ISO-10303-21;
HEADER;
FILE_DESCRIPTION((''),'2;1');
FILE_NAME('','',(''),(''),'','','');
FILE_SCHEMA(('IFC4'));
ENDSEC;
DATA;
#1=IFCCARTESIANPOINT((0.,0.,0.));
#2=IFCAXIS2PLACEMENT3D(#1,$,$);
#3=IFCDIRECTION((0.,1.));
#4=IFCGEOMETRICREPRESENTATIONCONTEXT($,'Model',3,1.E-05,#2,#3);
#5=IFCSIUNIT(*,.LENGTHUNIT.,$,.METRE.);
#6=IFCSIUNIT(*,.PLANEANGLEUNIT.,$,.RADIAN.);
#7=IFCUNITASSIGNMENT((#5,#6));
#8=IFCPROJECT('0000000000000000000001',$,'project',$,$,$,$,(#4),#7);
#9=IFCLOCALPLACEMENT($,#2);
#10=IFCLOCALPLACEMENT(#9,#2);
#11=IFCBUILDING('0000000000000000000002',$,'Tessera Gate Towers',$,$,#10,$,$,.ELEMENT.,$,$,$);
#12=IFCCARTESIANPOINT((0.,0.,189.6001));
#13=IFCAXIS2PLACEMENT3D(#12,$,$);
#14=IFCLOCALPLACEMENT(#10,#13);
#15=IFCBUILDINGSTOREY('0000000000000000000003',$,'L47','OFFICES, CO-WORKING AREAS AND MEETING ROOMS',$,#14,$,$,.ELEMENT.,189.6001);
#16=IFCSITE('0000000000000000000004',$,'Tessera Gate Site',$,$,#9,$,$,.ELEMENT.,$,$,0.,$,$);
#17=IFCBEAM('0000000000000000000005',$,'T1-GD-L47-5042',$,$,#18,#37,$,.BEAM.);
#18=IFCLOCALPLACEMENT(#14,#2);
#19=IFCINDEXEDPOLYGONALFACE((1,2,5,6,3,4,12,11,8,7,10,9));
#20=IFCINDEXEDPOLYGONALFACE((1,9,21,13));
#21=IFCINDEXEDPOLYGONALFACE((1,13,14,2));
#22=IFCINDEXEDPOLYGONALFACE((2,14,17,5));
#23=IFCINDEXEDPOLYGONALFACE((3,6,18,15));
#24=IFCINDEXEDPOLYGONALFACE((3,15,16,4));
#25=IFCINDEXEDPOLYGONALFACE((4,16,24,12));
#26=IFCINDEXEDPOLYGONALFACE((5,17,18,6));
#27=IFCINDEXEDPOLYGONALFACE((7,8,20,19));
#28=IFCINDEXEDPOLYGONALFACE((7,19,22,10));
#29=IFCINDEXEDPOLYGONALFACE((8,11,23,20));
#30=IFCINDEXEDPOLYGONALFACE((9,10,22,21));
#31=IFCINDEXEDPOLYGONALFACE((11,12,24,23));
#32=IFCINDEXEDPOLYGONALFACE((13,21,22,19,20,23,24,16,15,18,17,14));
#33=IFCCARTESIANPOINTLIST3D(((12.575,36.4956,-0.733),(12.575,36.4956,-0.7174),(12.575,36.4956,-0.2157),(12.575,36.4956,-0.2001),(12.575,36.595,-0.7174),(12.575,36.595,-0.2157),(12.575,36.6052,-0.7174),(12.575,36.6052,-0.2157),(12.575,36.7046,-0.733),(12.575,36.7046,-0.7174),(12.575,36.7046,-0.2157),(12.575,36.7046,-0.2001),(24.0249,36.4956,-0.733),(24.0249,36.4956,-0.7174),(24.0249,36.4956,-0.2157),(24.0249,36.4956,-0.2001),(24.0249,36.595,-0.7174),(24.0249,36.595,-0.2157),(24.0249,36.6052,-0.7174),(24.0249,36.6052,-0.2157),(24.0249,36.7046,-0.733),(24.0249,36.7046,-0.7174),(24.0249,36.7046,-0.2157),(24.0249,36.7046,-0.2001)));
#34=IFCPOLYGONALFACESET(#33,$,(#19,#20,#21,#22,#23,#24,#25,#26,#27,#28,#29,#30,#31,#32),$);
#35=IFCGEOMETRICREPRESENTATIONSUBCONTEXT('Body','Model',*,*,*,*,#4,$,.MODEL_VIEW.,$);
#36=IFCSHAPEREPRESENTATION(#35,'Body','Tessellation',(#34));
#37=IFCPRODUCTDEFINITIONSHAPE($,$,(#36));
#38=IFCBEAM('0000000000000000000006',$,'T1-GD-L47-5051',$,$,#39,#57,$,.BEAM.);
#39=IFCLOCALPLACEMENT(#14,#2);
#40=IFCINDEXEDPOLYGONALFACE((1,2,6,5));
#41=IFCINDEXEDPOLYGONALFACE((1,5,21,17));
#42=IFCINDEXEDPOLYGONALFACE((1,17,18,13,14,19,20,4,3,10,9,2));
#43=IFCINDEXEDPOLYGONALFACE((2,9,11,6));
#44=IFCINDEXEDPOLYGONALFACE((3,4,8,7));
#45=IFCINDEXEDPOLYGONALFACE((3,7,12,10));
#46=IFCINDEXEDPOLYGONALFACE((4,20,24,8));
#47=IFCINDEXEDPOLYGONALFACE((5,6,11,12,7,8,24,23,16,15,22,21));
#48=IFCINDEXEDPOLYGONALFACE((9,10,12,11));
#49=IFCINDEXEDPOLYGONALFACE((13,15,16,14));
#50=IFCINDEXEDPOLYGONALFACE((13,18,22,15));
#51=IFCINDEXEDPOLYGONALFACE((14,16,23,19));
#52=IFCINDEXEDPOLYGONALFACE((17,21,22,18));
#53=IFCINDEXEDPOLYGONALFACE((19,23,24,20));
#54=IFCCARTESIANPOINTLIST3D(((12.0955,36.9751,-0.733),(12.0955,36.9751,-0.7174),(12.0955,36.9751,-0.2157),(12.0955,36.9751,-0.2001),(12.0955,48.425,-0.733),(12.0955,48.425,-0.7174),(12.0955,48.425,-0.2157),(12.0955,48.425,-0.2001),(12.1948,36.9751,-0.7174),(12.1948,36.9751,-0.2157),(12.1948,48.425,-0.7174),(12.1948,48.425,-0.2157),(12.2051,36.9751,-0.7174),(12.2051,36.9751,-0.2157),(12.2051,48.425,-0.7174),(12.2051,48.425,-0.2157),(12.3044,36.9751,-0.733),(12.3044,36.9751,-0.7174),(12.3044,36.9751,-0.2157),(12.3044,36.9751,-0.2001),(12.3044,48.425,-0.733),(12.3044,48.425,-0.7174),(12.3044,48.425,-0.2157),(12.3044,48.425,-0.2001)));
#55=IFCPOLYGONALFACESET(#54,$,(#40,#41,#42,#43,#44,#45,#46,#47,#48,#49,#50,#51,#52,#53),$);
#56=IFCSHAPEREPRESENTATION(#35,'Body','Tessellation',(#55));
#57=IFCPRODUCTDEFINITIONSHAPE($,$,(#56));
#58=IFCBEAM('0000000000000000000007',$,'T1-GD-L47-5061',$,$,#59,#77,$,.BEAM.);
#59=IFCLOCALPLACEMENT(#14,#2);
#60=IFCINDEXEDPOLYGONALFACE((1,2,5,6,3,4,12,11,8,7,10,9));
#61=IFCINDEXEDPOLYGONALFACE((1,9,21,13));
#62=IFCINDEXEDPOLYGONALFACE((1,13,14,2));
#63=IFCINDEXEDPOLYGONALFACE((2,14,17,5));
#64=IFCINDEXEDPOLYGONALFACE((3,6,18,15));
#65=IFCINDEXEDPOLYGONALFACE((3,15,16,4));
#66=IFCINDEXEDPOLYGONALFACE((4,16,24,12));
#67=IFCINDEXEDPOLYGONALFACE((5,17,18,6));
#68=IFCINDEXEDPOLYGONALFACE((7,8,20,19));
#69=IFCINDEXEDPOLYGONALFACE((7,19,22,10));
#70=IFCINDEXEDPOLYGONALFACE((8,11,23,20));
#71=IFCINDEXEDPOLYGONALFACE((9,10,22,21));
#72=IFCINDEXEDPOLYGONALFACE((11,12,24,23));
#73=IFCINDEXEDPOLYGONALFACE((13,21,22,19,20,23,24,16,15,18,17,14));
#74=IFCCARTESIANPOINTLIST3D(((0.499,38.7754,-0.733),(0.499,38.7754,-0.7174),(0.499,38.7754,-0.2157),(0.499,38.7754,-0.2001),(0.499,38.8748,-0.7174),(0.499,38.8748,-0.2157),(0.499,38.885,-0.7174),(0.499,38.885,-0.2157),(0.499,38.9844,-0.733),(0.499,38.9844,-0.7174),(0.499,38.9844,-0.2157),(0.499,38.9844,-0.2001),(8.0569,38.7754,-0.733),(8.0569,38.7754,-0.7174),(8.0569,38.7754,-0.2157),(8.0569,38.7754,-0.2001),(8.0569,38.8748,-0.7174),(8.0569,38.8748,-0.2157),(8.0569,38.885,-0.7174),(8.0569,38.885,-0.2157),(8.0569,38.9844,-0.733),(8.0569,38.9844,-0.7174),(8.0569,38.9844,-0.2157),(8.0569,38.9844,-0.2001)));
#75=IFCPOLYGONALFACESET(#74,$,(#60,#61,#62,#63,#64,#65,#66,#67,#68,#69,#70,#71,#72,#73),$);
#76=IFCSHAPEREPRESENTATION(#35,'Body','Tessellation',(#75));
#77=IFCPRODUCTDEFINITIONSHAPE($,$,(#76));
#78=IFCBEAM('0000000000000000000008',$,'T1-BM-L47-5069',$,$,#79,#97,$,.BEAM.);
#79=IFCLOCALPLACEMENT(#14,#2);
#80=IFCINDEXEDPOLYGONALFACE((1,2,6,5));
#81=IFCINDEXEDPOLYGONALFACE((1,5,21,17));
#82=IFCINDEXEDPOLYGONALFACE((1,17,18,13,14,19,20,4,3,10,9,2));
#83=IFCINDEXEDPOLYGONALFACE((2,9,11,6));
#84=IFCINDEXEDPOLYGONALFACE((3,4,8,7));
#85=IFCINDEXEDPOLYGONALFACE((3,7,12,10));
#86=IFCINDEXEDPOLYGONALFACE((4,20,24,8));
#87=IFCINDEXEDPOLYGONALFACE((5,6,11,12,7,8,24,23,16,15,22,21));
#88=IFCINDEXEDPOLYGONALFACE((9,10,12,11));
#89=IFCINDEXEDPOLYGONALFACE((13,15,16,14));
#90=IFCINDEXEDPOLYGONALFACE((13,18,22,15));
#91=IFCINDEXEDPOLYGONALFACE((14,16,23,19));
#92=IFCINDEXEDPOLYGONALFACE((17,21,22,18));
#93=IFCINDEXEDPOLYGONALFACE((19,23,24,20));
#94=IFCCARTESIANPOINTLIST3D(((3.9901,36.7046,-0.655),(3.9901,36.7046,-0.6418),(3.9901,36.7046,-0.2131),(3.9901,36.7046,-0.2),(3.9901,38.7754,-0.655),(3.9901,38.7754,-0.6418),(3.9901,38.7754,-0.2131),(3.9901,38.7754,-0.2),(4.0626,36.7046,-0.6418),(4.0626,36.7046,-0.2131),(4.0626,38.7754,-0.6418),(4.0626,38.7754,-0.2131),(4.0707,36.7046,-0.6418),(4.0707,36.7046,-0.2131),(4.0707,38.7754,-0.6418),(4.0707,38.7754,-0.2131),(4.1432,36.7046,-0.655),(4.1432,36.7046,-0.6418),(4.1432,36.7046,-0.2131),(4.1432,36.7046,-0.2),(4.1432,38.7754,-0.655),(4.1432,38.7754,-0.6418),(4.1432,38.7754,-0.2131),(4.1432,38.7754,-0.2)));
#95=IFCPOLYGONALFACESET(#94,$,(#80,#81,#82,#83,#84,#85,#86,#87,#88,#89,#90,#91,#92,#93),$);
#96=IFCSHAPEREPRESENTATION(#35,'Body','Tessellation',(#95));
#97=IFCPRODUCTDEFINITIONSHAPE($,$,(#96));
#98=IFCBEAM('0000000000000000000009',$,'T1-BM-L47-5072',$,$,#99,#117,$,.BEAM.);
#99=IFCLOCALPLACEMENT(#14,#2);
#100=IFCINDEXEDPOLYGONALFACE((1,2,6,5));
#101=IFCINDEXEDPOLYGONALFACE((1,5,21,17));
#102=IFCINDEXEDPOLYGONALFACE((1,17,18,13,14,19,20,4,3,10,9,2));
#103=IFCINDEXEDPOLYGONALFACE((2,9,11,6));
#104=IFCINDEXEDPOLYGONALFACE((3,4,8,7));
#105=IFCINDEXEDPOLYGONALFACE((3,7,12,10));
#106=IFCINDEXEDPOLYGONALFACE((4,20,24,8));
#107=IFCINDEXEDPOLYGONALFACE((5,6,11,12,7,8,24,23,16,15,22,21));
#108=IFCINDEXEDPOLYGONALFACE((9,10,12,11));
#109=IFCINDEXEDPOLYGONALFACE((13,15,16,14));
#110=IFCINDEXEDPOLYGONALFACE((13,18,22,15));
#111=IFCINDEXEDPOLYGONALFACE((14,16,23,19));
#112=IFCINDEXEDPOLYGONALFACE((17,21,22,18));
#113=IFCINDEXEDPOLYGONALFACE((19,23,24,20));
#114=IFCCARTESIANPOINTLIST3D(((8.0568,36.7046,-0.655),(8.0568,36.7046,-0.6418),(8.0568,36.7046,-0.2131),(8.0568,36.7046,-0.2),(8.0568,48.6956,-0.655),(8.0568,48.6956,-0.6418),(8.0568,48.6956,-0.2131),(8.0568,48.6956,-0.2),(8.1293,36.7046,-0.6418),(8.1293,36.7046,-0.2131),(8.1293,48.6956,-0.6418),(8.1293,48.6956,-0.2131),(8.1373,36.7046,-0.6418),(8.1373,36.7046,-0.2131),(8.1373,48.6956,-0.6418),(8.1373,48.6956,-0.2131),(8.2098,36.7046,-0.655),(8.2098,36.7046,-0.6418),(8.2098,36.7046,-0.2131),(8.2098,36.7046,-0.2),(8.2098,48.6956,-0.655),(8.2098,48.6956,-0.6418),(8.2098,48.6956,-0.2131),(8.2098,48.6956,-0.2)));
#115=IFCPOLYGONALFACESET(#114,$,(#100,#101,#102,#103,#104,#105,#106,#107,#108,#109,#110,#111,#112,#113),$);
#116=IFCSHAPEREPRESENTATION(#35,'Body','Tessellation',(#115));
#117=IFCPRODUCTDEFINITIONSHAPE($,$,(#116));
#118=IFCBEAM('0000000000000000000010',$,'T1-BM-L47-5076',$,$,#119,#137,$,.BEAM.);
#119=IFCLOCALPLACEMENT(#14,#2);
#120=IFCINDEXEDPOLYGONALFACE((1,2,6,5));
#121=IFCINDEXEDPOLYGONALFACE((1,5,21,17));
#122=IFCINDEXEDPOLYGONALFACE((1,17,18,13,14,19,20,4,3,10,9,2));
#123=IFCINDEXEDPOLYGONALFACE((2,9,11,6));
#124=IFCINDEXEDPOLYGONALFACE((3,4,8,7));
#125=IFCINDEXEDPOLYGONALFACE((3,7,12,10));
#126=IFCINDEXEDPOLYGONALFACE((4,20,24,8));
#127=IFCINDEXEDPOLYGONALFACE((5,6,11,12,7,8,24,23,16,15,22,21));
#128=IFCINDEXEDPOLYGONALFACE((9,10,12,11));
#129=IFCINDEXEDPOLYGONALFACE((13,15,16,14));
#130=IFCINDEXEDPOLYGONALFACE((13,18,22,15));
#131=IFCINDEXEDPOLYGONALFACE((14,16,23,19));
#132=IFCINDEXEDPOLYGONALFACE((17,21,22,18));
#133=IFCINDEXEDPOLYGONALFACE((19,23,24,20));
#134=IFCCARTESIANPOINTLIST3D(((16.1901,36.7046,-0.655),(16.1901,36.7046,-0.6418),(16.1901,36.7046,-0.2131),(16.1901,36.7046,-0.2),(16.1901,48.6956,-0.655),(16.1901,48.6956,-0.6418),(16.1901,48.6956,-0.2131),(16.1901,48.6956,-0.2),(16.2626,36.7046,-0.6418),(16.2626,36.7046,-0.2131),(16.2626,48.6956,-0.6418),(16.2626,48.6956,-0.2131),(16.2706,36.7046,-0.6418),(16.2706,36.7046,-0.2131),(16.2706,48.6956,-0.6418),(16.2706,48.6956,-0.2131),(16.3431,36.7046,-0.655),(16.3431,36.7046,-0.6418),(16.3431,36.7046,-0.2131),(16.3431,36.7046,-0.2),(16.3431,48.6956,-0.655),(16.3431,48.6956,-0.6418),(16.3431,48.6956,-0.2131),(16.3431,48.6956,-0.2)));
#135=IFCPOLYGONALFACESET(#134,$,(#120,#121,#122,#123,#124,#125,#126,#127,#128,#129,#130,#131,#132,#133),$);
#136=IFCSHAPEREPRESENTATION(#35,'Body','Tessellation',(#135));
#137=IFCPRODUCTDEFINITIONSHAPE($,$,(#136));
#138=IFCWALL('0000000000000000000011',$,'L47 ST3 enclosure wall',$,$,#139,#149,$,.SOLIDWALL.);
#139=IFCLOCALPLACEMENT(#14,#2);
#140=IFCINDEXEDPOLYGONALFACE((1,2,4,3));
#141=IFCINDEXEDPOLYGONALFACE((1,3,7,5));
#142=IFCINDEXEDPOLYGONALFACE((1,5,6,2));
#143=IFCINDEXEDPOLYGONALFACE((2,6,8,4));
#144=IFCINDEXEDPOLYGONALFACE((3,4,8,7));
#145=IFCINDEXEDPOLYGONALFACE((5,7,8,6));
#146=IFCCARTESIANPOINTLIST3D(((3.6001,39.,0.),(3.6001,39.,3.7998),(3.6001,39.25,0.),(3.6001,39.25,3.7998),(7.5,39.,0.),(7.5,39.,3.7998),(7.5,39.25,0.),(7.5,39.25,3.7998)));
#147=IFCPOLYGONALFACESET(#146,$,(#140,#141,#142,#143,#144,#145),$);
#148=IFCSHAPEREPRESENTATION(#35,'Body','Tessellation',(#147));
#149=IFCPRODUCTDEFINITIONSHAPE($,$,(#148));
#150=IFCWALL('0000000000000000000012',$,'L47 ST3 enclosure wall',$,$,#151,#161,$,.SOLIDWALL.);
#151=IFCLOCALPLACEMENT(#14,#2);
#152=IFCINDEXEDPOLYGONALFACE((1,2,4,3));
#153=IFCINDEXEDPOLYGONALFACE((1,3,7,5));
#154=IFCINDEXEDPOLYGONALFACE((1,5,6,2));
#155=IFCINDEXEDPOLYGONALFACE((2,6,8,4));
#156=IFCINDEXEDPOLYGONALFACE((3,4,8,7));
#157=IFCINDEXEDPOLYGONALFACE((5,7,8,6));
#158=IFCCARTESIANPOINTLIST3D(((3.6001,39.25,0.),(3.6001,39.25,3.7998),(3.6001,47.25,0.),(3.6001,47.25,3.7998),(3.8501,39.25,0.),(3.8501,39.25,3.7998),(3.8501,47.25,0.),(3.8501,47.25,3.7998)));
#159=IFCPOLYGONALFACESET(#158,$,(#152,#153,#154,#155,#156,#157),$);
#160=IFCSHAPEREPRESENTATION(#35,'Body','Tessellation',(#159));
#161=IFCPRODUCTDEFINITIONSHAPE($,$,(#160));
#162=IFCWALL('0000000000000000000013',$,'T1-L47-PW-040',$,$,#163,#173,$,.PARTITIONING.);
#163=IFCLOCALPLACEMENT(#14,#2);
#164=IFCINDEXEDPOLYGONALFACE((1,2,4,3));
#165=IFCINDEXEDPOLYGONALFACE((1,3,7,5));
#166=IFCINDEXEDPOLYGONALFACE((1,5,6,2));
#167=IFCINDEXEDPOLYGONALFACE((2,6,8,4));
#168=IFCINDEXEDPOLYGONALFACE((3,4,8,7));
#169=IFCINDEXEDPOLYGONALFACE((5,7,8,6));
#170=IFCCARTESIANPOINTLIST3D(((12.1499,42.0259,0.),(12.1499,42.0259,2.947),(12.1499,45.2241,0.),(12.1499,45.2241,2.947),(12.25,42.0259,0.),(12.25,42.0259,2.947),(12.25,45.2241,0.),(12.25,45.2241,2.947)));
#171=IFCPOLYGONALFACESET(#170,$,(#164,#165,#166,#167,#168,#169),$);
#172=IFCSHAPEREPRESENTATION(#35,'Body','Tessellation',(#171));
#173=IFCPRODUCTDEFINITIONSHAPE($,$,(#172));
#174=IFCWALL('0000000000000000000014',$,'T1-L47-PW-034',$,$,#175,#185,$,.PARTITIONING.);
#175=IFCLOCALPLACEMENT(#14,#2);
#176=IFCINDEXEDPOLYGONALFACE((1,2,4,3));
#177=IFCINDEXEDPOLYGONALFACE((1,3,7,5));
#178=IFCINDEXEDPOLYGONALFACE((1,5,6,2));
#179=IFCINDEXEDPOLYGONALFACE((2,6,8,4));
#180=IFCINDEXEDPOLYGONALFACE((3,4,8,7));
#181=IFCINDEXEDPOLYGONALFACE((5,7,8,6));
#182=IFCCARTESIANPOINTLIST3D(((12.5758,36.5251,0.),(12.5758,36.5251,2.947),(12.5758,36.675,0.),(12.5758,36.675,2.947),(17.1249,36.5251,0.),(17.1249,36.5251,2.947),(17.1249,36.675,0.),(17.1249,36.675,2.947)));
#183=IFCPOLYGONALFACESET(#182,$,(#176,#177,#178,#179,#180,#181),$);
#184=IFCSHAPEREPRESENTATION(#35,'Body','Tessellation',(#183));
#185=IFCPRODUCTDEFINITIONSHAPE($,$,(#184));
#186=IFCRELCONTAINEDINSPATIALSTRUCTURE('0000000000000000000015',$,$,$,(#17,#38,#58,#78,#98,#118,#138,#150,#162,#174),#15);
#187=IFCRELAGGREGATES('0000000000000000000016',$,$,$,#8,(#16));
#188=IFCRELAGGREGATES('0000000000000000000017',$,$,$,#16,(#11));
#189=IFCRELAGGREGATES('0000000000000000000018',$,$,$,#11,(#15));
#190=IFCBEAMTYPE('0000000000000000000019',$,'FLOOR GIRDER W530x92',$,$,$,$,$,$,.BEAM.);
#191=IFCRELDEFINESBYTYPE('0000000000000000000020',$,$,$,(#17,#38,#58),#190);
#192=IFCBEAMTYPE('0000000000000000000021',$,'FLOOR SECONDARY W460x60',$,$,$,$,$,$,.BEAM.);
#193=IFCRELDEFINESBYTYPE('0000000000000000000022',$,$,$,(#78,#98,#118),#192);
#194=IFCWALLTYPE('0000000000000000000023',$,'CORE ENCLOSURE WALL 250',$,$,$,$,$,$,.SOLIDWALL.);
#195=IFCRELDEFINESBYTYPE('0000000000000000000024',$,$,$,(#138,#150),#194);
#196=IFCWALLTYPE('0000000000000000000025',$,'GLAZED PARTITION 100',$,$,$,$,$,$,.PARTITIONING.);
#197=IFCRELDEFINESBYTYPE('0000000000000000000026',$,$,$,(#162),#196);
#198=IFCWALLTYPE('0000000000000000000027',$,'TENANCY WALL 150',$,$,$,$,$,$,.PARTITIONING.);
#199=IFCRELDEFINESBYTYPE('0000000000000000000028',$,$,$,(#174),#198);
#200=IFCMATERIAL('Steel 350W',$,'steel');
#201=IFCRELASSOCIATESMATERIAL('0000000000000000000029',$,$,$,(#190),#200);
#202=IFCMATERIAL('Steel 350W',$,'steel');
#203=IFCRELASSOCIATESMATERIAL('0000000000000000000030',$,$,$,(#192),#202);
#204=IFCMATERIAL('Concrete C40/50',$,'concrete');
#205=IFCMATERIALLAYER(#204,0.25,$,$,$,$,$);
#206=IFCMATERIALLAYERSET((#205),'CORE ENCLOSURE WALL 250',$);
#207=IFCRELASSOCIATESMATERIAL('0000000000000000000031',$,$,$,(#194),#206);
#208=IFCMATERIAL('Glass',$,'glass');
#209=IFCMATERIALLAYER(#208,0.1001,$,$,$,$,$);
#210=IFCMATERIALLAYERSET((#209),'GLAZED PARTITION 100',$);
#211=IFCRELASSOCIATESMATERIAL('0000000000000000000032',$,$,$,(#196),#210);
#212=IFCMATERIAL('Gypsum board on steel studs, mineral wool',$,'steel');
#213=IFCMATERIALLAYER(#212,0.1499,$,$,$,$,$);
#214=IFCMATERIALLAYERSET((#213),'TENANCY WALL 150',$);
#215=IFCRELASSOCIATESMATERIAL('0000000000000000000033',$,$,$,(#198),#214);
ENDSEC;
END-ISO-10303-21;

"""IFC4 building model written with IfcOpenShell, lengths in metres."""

from ifc_helpers import new_model, si_unit, direction, frame, frame_2d, origin, origin_2d, place, context, subcontext, project, spatial, rectangle, i_section, extrude, material, layer, layer_set, material_profile, profile_set, type_object, element, save


model = new_model("IFC4")

# Units and contexts
model_context = context("Model", 3, precision=1e-05, world=origin(), true_north=direction((0.0, 1.0)))
body_context = subcontext(model_context, "Body", "Model", "MODEL_VIEW")
ifc_project = project(units=[si_unit("LENGTHUNIT", "METRE"), si_unit("PLANEANGLEUNIT", "RADIAN")], contexts=[model_context])

# Site, building, storey
site_placement = place(None, origin())
site = spatial("IfcSite", under=ifc_project, at=site_placement, Name="Tessera Gate Site", CompositionType="ELEMENT", RefElevation=0.0)
building_placement = place(site_placement, origin())
building = spatial("IfcBuilding", under=site, at=building_placement, Name="Tessera Gate Towers", CompositionType="ELEMENT")
storey_placement = place(building_placement, frame((0.0, 0.0, 189.6001)))
storey = spatial("IfcBuildingStorey", under=building, at=storey_placement, Name="L47", Description="OFFICES, CO-WORKING AREAS AND MEETING ROOMS", CompositionType="ELEMENT", Elevation=189.6001)

# Beams
ifc_material_1 = material(Name="Steel 350W", Category="steel")
ifc_material_profile_1 = material_profile(ifc_material_1, i_section(OverallWidth=0.209, OverallDepth=0.533, WebThickness=0.0103, FlangeThickness=0.0156, at=origin_2d()), Name="W530x92")
ifc_profile_set_1 = profile_set([ifc_material_profile_1], Name="Steel 350W")
beam_type_1 = type_object("IfcBeamType", Name="FLOOR GIRDER W530x92", PredefinedType="BEAM", material=ifc_profile_set_1)
for number, where, z_axis, x_axis, name in (
    (1, (12.575, 36.6001, -0.4666), (1.0, 0.0, 0.0), (0.0, 1.0, 0.0), "T1-GD-L47-5042"),
    (2, (12.2, 36.9751, -0.4666), (0.0, 1.0, 0.0), (-1.0, 0.0, 0.0), "T1-GD-L47-5051"),
):
    element("IfcBeam", number, at=place(storey_placement, frame(where, z_axis=z_axis, x_axis=x_axis)), inside=storey, type_object=beam_type_1, Name=name, PredefinedType="BEAM", context=body_context, shape_type="SweptSolid", body=[
        extrude(i_section(OverallWidth=0.209, OverallDepth=0.533, WebThickness=0.0103, FlangeThickness=0.0156, at=origin_2d()), origin(), (0.0, 0.0, 1.0), 11.45),
    ])
beam_1_placement = place(storey_placement, frame((0.499, 38.8799, -0.4666), z_axis=(1.0, 0.0, 0.0), x_axis=(0.0, 1.0, 0.0)))
element("IfcBeam", 3, at=beam_1_placement, inside=storey, type_object=beam_type_1, Name="T1-GD-L47-5061", PredefinedType="BEAM", context=body_context, shape_type="SweptSolid", body=[
    extrude(i_section(OverallWidth=0.209, OverallDepth=0.533, WebThickness=0.0103, FlangeThickness=0.0156, at=origin_2d()), origin(), (0.0, 0.0, 1.0), 7.5579),
])
ifc_material_2 = material(Name="Steel 350W", Category="steel")
ifc_material_profile_2 = material_profile(ifc_material_2, i_section(OverallWidth=0.1531, OverallDepth=0.4551, WebThickness=0.0081, FlangeThickness=0.0132, at=origin_2d()), Name="W460x60")
ifc_profile_set_2 = profile_set([ifc_material_profile_2], Name="Steel 350W")
beam_type_2 = type_object("IfcBeamType", Name="FLOOR SECONDARY W460x60", PredefinedType="BEAM", material=ifc_profile_set_2)
beam_2_placement = place(storey_placement, frame((4.0667, 36.7046, -0.4275), z_axis=(0.0, 1.0, 0.0), x_axis=(-1.0, 0.0, 0.0)))
element("IfcBeam", 4, at=beam_2_placement, inside=storey, type_object=beam_type_2, Name="T1-BM-L47-5069", PredefinedType="BEAM", context=body_context, shape_type="SweptSolid", body=[
    extrude(i_section(OverallWidth=0.1531, OverallDepth=0.4551, WebThickness=0.0081, FlangeThickness=0.0132, at=origin_2d()), origin(), (0.0, 0.0, 1.0), 2.0708),
])
for number, where, z_axis, x_axis, name in (
    (5, (8.1333, 36.7046, -0.4275), (0.0, 1.0, 0.0), (-1.0, 0.0, 0.0), "T1-BM-L47-5072"),
    (6, (16.2666, 36.7046, -0.4275), (0.0, 1.0, 0.0), (-1.0, 0.0, 0.0), "T1-BM-L47-5076"),
):
    element("IfcBeam", number, at=place(storey_placement, frame(where, z_axis=z_axis, x_axis=x_axis)), inside=storey, type_object=beam_type_2, Name=name, PredefinedType="BEAM", context=body_context, shape_type="SweptSolid", body=[
        extrude(i_section(OverallWidth=0.1531, OverallDepth=0.4551, WebThickness=0.0081, FlangeThickness=0.0132, at=origin_2d()), origin(), (0.0, 0.0, 1.0), 11.991),
    ])

# Walls
ifc_material_3 = material(Name="Concrete C40/50", Category="concrete")
ifc_layer_1 = layer(ifc_material_3, 0.25)
ifc_layer_set_1 = layer_set([ifc_layer_1], Name="CORE ENCLOSURE WALL 250")
wall_type_1 = type_object("IfcWallType", Name="CORE ENCLOSURE WALL 250", PredefinedType="SOLIDWALL", material=ifc_layer_set_1)
wall_1_placement = place(storey_placement, frame((7.5, 39.125, 0.0), z_axis=(0.0, 0.0, 1.0), x_axis=(-1.0, 0.0, 0.0)))
element("IfcWall", 7, at=wall_1_placement, inside=storey, type_object=wall_type_1, Name="L47 ST3 enclosure wall", PredefinedType="SOLIDWALL", context=body_context, shape_type="SweptSolid", body=[
    extrude(rectangle(XDim=3.8999, YDim=0.25, at=frame_2d((1.95, 0.0))), origin(), (0.0, 0.0, 1.0), 3.7998),
])
wall_2_placement = place(storey_placement, frame((3.7251, 39.25, 0.0), z_axis=(0.0, 0.0, 1.0), x_axis=(0.0, 1.0, 0.0)))
element("IfcWall", 8, at=wall_2_placement, inside=storey, type_object=wall_type_1, Name="L47 ST3 enclosure wall", PredefinedType="SOLIDWALL", context=body_context, shape_type="SweptSolid", body=[
    extrude(rectangle(XDim=8.0, YDim=0.25, at=frame_2d((4.0, 0.0))), origin(), (0.0, 0.0, 1.0), 3.7998),
])
ifc_material_4 = material(Name="Glass", Category="glass")
ifc_layer_2 = layer(ifc_material_4, 0.1001)
ifc_layer_set_2 = layer_set([ifc_layer_2], Name="GLAZED PARTITION 100")
wall_type_2 = type_object("IfcWallType", Name="GLAZED PARTITION 100", PredefinedType="PARTITIONING", material=ifc_layer_set_2)
wall_3_placement = place(storey_placement, frame((12.2, 42.0259, 0.0), z_axis=(0.0, 0.0, 1.0), x_axis=(0.0, 1.0, 0.0)))
element("IfcWall", 9, at=wall_3_placement, inside=storey, type_object=wall_type_2, Name="T1-L47-PW-040", PredefinedType="PARTITIONING", context=body_context, shape_type="SweptSolid", body=[
    extrude(rectangle(XDim=3.1982, YDim=0.1001, at=frame_2d((1.5991, 0.0))), origin(), (0.0, 0.0, 1.0), 2.947),
])
ifc_material_5 = material(Name="Gypsum board on steel studs, mineral wool", Category="steel")
ifc_layer_3 = layer(ifc_material_5, 0.1499)
ifc_layer_set_3 = layer_set([ifc_layer_3], Name="TENANCY WALL 150")
wall_type_3 = type_object("IfcWallType", Name="TENANCY WALL 150", PredefinedType="PARTITIONING", material=ifc_layer_set_3)
wall_4_placement = place(storey_placement, frame((12.5759, 36.6001, 0.0), z_axis=(0.0, 0.0, 1.0), x_axis=(1.0, 0.0, 0.0)))
element("IfcWall", 10, at=wall_4_placement, inside=storey, type_object=wall_type_3, Name="T1-L47-PW-034", PredefinedType="PARTITIONING", context=body_context, shape_type="SweptSolid", body=[
    extrude(rectangle(XDim=4.5491, YDim=0.1499, at=frame_2d((2.2744, 0.0))), origin(), (0.0, 0.0, 1.0), 2.947),
])

save(model, "model.ifc")
